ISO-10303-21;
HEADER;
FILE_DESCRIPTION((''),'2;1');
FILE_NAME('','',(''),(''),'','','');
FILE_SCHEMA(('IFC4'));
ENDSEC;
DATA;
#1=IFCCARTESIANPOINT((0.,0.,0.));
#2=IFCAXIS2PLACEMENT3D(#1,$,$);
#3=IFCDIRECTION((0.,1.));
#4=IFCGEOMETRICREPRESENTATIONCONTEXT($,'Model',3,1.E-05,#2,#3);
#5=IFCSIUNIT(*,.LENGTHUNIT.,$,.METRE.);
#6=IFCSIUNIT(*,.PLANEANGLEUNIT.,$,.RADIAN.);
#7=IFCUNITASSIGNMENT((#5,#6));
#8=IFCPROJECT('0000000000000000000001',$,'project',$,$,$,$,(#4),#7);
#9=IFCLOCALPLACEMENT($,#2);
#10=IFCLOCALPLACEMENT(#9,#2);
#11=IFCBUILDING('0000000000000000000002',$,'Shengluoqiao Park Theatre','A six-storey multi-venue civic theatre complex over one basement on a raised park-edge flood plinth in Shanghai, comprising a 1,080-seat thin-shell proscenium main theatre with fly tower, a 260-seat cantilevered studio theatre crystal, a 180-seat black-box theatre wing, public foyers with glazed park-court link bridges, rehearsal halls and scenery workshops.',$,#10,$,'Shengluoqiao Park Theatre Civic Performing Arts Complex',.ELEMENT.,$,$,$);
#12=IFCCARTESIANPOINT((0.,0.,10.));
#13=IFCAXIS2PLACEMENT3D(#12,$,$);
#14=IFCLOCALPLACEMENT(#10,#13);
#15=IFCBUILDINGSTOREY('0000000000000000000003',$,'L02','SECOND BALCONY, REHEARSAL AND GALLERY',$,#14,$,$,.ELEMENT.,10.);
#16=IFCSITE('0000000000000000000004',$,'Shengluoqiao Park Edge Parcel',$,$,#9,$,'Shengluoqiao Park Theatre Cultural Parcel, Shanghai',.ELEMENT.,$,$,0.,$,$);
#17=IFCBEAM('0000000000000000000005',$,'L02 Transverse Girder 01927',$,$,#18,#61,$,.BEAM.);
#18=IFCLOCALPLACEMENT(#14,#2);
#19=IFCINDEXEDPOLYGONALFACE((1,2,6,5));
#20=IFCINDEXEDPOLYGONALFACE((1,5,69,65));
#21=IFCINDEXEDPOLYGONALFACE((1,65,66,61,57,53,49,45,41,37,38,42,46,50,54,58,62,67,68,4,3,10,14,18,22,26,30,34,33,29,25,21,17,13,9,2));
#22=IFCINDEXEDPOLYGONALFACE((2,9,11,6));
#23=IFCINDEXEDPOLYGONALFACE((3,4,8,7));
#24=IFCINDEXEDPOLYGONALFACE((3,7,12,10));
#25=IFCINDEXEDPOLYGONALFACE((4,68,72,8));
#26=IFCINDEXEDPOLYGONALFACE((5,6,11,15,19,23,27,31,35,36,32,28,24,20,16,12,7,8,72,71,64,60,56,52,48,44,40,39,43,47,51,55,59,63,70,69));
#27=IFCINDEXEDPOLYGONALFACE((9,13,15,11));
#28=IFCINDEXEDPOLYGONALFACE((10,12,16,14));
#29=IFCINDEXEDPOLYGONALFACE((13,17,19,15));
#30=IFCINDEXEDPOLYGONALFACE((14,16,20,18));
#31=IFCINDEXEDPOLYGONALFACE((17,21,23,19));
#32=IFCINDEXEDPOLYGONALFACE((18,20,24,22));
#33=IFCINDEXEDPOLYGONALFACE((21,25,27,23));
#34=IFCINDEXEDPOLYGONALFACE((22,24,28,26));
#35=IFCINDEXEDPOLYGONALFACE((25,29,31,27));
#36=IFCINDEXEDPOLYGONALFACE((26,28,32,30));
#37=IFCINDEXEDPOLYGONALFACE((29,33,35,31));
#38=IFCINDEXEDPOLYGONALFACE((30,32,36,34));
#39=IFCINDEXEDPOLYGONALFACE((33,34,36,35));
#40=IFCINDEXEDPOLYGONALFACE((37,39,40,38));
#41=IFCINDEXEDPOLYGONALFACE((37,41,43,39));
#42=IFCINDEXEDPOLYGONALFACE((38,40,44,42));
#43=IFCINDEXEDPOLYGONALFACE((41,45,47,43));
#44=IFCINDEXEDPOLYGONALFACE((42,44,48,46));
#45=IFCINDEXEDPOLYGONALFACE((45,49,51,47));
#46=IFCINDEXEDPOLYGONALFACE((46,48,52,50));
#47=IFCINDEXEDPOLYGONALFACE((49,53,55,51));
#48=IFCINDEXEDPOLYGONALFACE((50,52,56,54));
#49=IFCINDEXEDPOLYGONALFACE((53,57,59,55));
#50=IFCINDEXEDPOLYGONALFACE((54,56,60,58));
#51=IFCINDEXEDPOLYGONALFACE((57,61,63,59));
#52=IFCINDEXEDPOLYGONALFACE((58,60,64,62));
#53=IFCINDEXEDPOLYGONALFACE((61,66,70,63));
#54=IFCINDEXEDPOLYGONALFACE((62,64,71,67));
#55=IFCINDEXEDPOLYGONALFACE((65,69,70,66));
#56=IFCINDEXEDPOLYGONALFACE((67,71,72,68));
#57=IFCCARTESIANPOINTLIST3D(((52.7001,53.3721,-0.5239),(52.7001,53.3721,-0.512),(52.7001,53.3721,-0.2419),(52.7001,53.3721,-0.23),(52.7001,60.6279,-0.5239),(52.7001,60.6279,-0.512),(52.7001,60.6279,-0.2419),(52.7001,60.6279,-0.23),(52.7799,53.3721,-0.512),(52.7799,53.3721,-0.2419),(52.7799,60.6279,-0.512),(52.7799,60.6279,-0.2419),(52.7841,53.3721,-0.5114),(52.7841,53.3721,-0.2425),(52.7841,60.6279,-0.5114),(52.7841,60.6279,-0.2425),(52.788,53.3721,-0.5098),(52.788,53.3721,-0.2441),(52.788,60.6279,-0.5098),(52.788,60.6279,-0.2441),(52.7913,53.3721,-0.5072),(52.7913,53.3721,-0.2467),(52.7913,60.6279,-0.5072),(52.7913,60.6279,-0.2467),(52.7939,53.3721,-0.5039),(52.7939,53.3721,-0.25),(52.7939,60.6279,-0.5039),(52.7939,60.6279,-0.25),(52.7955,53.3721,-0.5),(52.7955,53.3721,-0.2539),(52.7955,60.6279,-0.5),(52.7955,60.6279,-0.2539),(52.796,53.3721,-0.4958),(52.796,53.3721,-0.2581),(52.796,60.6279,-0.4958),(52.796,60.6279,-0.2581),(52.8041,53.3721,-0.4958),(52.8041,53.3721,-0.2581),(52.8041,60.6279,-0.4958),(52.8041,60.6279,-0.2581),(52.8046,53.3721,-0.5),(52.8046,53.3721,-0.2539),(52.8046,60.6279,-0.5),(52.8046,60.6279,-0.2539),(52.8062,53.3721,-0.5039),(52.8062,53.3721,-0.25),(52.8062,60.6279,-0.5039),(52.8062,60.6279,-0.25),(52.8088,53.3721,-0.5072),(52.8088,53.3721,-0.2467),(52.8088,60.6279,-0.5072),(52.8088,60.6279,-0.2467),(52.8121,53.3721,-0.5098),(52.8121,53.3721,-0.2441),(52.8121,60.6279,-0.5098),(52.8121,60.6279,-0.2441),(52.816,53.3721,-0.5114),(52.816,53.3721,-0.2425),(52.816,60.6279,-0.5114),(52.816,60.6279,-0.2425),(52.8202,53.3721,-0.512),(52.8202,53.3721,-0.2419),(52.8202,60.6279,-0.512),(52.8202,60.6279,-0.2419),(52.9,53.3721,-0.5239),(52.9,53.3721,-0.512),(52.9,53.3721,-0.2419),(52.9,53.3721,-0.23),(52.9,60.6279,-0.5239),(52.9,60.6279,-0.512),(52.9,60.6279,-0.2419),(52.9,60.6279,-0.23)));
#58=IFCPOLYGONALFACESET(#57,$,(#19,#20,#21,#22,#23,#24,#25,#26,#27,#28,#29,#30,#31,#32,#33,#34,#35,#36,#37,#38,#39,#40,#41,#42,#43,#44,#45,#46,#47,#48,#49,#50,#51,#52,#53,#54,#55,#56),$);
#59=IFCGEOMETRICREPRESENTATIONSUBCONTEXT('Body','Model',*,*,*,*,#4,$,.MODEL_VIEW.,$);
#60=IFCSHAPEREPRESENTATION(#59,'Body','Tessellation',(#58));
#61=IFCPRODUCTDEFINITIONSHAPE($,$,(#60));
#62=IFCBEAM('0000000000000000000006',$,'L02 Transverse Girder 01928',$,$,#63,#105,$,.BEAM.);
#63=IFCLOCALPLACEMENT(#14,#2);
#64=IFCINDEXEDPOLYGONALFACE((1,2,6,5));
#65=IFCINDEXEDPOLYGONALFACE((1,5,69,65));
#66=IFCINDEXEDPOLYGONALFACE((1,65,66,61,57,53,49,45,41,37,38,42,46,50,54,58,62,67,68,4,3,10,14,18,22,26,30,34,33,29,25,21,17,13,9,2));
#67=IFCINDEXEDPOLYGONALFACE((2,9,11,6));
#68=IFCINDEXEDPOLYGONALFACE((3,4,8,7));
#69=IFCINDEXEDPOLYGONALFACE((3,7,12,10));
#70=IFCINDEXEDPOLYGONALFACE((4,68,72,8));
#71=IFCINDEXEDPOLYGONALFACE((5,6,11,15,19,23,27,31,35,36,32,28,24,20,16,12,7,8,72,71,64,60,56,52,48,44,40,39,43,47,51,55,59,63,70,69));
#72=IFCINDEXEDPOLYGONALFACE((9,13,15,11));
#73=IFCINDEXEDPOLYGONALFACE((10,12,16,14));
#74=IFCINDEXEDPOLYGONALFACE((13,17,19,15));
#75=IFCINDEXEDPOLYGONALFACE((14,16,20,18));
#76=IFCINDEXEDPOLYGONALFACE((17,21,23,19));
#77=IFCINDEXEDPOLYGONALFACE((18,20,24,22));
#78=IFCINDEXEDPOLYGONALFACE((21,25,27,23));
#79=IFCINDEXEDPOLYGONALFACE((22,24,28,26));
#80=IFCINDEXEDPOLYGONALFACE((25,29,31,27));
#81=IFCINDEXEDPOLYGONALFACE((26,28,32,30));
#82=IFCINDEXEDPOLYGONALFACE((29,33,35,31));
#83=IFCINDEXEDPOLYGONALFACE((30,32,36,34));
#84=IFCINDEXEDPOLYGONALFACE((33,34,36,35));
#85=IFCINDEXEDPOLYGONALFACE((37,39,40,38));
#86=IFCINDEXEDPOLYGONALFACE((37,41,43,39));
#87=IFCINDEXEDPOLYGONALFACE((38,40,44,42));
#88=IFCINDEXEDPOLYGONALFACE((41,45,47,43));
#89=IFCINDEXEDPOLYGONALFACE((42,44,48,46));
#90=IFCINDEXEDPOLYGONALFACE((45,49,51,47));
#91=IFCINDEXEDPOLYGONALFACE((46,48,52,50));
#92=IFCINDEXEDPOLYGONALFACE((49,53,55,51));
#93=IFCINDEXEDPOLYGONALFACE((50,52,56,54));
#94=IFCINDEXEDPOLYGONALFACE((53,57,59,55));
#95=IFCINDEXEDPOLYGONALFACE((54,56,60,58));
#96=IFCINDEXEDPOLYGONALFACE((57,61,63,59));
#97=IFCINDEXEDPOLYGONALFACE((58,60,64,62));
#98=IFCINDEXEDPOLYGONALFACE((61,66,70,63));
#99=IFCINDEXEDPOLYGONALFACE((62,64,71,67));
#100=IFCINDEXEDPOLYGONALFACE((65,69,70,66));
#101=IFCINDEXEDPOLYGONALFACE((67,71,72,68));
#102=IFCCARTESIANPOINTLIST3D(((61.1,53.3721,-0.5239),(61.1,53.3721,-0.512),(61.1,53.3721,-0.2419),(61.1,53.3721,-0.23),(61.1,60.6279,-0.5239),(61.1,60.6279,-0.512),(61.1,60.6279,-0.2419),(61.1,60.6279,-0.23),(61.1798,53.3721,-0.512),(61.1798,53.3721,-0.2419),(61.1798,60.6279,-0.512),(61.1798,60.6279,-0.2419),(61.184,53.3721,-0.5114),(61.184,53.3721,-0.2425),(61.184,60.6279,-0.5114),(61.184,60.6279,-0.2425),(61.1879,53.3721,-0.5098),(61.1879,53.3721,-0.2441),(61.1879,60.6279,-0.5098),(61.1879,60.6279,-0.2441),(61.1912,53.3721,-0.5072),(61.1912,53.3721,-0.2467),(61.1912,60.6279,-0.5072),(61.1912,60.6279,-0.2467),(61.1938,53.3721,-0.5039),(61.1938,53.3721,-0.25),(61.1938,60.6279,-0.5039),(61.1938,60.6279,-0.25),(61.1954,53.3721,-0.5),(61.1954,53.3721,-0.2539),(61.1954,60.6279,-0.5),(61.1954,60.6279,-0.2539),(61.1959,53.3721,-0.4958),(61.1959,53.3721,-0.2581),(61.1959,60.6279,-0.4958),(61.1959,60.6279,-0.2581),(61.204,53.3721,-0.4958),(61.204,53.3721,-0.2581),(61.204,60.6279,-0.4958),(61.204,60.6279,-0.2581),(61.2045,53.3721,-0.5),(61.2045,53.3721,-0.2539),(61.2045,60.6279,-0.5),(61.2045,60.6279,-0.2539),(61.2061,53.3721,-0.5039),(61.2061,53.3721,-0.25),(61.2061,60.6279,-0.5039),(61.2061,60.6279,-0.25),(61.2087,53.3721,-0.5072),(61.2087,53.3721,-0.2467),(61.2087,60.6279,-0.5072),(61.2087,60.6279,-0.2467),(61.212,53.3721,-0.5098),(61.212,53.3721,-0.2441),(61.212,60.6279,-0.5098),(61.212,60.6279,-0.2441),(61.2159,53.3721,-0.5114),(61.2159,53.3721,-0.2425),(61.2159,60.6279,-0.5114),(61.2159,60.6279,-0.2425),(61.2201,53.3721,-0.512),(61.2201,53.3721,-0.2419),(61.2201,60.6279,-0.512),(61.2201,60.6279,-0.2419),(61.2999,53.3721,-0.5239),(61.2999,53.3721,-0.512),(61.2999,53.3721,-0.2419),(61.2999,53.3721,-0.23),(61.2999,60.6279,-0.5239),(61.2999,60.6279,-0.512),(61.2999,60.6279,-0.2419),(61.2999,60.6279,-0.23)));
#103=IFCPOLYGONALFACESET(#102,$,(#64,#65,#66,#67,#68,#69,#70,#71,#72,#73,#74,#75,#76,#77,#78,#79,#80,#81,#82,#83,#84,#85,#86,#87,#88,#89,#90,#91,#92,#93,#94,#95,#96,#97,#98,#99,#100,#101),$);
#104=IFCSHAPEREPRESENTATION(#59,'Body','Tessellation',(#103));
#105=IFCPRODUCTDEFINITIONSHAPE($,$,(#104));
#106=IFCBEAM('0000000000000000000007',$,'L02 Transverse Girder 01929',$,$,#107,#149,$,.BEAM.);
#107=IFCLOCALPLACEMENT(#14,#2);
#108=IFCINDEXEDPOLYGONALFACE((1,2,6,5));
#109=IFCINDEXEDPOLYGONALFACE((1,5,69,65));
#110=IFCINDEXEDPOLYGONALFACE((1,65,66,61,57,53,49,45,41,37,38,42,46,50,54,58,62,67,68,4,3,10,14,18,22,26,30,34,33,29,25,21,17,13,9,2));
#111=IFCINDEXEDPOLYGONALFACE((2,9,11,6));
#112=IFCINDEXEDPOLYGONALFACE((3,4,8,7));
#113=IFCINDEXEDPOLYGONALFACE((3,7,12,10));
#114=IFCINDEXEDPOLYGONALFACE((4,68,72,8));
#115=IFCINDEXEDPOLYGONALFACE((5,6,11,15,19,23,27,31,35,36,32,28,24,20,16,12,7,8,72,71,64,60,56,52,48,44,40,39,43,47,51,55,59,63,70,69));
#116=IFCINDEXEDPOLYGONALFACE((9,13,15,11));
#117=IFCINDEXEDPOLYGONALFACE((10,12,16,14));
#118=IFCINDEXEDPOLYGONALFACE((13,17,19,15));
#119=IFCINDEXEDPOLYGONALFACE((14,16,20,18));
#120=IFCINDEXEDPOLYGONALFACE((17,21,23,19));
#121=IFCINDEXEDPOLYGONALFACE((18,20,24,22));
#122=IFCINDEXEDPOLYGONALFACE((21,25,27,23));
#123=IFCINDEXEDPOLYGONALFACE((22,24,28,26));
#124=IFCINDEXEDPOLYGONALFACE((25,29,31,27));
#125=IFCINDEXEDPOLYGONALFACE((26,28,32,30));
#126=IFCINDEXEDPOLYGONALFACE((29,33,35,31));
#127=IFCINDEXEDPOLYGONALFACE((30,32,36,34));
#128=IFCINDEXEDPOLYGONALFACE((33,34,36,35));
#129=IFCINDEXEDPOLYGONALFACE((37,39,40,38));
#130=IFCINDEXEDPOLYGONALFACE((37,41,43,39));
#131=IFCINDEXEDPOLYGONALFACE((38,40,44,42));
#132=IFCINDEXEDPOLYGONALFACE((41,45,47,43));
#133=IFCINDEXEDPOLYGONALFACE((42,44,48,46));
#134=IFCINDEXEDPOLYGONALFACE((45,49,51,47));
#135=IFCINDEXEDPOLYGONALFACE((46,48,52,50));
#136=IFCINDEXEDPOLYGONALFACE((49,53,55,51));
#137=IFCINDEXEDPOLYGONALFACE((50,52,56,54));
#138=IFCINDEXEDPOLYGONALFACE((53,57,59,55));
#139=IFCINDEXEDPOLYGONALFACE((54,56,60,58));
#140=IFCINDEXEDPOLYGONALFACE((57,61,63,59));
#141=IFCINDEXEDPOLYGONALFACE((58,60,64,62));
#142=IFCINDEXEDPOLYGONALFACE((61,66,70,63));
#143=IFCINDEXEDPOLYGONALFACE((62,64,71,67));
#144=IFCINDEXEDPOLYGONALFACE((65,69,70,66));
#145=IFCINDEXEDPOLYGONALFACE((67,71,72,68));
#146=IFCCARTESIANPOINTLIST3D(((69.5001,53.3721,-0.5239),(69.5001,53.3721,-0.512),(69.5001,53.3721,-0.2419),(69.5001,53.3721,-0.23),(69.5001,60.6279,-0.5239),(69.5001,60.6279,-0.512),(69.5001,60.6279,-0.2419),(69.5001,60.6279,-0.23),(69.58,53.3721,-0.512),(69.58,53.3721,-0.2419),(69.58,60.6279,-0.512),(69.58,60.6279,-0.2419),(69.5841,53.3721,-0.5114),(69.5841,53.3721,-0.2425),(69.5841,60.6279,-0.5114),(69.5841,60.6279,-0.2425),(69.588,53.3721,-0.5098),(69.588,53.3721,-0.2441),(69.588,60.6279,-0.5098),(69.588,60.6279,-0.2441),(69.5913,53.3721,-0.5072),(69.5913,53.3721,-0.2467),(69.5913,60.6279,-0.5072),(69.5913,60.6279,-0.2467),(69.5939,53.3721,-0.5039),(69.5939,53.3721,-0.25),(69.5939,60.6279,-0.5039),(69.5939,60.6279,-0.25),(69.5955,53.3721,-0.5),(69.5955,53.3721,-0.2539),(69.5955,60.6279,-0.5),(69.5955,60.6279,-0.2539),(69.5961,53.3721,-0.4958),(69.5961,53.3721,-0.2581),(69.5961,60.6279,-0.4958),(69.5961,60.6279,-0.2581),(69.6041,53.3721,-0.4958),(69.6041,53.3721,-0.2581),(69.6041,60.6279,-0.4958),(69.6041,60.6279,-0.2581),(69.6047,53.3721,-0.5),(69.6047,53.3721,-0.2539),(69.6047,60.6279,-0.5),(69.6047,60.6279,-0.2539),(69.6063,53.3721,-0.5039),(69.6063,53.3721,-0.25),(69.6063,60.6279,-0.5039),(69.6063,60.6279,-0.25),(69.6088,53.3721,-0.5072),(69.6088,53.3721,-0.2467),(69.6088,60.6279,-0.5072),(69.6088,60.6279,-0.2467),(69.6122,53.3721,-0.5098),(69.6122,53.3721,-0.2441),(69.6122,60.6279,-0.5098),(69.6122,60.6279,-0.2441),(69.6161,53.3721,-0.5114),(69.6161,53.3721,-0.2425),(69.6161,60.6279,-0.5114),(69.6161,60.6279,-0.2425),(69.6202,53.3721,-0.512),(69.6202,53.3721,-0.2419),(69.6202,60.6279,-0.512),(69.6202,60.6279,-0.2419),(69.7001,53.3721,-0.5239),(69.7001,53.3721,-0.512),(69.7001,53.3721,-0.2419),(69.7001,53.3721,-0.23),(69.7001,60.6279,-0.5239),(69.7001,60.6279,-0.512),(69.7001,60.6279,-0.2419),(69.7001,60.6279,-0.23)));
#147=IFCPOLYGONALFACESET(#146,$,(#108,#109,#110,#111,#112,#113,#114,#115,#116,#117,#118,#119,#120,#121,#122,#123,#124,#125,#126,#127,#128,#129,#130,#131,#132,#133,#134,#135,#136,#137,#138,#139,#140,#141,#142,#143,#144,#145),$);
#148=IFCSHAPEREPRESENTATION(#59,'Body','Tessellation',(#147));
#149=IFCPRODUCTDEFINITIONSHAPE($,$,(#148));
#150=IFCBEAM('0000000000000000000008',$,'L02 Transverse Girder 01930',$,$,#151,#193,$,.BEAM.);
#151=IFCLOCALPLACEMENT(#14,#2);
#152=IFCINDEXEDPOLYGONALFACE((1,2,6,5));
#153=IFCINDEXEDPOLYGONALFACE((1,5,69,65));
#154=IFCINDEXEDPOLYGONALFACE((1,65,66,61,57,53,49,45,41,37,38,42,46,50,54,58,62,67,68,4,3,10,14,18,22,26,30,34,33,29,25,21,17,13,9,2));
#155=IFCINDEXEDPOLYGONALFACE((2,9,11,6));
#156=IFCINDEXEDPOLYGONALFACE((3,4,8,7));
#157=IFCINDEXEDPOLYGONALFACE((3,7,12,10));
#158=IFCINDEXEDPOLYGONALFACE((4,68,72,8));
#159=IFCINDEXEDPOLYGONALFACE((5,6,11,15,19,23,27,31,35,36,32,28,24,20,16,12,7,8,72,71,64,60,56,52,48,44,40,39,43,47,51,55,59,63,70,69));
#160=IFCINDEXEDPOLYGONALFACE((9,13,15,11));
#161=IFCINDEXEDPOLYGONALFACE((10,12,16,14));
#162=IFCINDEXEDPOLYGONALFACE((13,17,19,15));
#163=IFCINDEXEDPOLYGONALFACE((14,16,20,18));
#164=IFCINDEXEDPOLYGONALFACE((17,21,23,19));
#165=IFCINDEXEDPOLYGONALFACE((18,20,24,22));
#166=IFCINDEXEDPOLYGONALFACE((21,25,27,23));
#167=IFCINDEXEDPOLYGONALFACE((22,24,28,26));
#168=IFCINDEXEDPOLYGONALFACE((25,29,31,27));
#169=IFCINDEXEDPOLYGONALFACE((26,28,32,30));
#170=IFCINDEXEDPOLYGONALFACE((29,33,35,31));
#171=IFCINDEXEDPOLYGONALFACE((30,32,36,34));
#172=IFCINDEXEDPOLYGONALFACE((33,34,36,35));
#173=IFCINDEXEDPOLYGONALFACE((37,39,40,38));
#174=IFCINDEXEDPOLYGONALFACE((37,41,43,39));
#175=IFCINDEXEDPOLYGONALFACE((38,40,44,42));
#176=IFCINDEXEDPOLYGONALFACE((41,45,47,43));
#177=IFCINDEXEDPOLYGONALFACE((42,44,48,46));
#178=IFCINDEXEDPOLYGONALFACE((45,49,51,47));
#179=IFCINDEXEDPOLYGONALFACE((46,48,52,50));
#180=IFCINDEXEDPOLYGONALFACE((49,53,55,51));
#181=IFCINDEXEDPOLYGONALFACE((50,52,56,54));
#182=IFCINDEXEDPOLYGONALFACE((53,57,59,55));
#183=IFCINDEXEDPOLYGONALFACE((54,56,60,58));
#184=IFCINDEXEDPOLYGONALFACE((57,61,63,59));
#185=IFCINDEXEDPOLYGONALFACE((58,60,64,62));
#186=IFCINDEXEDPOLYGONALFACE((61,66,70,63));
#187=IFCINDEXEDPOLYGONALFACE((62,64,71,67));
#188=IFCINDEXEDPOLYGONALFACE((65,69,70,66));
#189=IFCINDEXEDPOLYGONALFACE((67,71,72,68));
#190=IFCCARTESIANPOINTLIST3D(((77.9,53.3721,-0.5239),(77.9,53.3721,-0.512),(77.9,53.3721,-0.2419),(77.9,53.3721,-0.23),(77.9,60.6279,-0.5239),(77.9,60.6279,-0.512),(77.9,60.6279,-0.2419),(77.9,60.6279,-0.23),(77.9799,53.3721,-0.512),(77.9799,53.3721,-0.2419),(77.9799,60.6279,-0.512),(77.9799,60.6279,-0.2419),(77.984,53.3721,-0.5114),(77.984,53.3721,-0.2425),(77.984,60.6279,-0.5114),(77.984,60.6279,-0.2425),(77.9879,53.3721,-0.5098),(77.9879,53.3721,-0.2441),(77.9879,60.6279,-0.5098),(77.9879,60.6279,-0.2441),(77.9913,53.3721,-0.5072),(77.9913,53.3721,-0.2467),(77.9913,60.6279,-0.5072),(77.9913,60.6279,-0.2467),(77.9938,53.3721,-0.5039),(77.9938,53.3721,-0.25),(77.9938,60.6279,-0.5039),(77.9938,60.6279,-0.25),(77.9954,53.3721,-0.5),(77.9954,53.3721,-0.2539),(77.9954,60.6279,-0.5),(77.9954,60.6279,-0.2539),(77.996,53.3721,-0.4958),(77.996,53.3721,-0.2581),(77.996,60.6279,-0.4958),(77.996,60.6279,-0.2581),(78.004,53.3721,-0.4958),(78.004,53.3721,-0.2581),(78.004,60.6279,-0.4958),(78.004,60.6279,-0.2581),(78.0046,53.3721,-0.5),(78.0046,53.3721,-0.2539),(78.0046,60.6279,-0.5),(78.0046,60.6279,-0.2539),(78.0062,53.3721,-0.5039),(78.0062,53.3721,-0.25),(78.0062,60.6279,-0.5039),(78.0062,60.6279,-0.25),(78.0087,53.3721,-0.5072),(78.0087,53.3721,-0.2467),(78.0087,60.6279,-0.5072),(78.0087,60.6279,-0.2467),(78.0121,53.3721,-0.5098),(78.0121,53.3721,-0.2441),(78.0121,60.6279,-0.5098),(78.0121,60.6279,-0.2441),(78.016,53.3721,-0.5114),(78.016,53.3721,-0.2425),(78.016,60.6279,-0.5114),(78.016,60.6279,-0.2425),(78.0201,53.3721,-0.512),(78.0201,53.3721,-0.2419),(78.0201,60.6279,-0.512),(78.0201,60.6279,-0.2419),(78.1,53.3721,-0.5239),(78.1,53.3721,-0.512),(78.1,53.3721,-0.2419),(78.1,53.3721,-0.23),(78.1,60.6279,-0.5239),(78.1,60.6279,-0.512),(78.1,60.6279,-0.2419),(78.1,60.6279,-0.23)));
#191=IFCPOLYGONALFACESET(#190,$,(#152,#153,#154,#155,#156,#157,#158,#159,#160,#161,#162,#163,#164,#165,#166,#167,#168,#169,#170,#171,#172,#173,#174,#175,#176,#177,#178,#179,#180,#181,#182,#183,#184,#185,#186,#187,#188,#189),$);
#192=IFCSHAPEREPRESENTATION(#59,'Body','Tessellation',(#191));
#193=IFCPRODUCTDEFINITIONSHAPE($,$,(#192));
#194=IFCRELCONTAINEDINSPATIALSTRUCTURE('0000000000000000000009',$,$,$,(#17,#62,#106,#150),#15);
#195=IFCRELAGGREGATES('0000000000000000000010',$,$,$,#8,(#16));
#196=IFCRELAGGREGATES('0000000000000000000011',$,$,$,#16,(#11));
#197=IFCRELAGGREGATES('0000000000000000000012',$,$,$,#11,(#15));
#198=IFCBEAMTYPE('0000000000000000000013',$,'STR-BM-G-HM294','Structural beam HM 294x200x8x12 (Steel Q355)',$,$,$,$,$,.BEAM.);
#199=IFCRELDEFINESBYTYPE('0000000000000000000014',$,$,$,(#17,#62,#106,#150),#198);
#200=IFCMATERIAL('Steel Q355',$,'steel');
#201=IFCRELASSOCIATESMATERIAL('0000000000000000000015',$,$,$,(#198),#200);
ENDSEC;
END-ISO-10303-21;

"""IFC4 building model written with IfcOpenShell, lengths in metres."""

from ifc_helpers import new_model, si_unit, direction, frame, origin, origin_2d, place, context, subcontext, project, spatial, i_section, extrude, material, material_profile, profile_set, type_object, element, save


model = new_model("IFC4")

# Units and contexts
model_context = context("Model", 3, precision=1e-05, world=origin(), true_north=direction((0.0, 1.0)))
body_context = subcontext(model_context, "Body", "Model", "MODEL_VIEW")
ifc_project = project(units=[si_unit("LENGTHUNIT", "METRE"), si_unit("PLANEANGLEUNIT", "RADIAN")], contexts=[model_context])

# Site, building, storey
site_placement = place(None, origin())
site = spatial("IfcSite", under=ifc_project, at=site_placement, Name="Shengluoqiao Park Edge Parcel", LongName="Shengluoqiao Park Theatre Cultural Parcel, Shanghai", CompositionType="ELEMENT", RefElevation=0.0)
building_placement = place(site_placement, origin())
building = spatial("IfcBuilding", under=site, at=building_placement, Name="Shengluoqiao Park Theatre", Description="A six-storey multi-venue civic theatre complex over one basement on a raised park-edge flood plinth in Shanghai, comprising a 1,080-seat thin-shell proscenium main theatre with fly tower, a 260-seat cantilevered studio theatre crystal, a 180-seat black-box theatre wing, public foyers with glazed park-court link bridges, rehearsal halls and scenery workshops.", LongName="Shengluoqiao Park Theatre Civic Performing Arts Complex", CompositionType="ELEMENT")
storey_placement = place(building_placement, frame((0.0, 0.0, 10.0)))
storey = spatial("IfcBuildingStorey", under=building, at=storey_placement, Name="L02", Description="SECOND BALCONY, REHEARSAL AND GALLERY", CompositionType="ELEMENT", Elevation=10.0)

# Beams
ifc_material_1 = material(Name="Steel Q355", Category="steel")
ifc_material_profile_1 = material_profile(ifc_material_1, i_section(OverallWidth=0.2, OverallDepth=0.2939, WebThickness=0.0081, FlangeThickness=0.012, FilletRadius=0.0161, at=origin_2d()), Name="HM 294x200x8x12")
ifc_profile_set_1 = profile_set([ifc_material_profile_1], Name="Steel Q355")
beam_type_1 = type_object("IfcBeamType", Name="STR-BM-G-HM294", Description="Structural beam HM 294x200x8x12 (Steel Q355)", PredefinedType="BEAM", material=ifc_profile_set_1)
for number, where, z_axis, x_axis, name in (
    (1, (52.8, 53.3721, -0.377), (0.0, 1.0, 0.0), (-1.0, 0.0, 0.0), "L02 Transverse Girder 01927"),
    (2, (61.2, 53.3721, -0.377), (0.0, 1.0, 0.0), (-1.0, 0.0, 0.0), "L02 Transverse Girder 01928"),
    (3, (69.6001, 53.3721, -0.377), (0.0, 1.0, 0.0), (-1.0, 0.0, 0.0), "L02 Transverse Girder 01929"),
    (4, (78.0, 53.3721, -0.377), (0.0, 1.0, 0.0), (-1.0, 0.0, 0.0), "L02 Transverse Girder 01930"),
):
    element("IfcBeam", number, at=place(storey_placement, frame(where, z_axis=z_axis, x_axis=x_axis)), inside=storey, type_object=beam_type_1, Name=name, PredefinedType="BEAM", context=body_context, shape_type="SweptSolid", body=[
        extrude(i_section(OverallWidth=0.2, OverallDepth=0.2939, WebThickness=0.0081, FlangeThickness=0.012, FilletRadius=0.0161, at=origin_2d()), origin(), (0.0, 0.0, 1.0), 7.2559),
    ])

save(model, "model.ifc")
